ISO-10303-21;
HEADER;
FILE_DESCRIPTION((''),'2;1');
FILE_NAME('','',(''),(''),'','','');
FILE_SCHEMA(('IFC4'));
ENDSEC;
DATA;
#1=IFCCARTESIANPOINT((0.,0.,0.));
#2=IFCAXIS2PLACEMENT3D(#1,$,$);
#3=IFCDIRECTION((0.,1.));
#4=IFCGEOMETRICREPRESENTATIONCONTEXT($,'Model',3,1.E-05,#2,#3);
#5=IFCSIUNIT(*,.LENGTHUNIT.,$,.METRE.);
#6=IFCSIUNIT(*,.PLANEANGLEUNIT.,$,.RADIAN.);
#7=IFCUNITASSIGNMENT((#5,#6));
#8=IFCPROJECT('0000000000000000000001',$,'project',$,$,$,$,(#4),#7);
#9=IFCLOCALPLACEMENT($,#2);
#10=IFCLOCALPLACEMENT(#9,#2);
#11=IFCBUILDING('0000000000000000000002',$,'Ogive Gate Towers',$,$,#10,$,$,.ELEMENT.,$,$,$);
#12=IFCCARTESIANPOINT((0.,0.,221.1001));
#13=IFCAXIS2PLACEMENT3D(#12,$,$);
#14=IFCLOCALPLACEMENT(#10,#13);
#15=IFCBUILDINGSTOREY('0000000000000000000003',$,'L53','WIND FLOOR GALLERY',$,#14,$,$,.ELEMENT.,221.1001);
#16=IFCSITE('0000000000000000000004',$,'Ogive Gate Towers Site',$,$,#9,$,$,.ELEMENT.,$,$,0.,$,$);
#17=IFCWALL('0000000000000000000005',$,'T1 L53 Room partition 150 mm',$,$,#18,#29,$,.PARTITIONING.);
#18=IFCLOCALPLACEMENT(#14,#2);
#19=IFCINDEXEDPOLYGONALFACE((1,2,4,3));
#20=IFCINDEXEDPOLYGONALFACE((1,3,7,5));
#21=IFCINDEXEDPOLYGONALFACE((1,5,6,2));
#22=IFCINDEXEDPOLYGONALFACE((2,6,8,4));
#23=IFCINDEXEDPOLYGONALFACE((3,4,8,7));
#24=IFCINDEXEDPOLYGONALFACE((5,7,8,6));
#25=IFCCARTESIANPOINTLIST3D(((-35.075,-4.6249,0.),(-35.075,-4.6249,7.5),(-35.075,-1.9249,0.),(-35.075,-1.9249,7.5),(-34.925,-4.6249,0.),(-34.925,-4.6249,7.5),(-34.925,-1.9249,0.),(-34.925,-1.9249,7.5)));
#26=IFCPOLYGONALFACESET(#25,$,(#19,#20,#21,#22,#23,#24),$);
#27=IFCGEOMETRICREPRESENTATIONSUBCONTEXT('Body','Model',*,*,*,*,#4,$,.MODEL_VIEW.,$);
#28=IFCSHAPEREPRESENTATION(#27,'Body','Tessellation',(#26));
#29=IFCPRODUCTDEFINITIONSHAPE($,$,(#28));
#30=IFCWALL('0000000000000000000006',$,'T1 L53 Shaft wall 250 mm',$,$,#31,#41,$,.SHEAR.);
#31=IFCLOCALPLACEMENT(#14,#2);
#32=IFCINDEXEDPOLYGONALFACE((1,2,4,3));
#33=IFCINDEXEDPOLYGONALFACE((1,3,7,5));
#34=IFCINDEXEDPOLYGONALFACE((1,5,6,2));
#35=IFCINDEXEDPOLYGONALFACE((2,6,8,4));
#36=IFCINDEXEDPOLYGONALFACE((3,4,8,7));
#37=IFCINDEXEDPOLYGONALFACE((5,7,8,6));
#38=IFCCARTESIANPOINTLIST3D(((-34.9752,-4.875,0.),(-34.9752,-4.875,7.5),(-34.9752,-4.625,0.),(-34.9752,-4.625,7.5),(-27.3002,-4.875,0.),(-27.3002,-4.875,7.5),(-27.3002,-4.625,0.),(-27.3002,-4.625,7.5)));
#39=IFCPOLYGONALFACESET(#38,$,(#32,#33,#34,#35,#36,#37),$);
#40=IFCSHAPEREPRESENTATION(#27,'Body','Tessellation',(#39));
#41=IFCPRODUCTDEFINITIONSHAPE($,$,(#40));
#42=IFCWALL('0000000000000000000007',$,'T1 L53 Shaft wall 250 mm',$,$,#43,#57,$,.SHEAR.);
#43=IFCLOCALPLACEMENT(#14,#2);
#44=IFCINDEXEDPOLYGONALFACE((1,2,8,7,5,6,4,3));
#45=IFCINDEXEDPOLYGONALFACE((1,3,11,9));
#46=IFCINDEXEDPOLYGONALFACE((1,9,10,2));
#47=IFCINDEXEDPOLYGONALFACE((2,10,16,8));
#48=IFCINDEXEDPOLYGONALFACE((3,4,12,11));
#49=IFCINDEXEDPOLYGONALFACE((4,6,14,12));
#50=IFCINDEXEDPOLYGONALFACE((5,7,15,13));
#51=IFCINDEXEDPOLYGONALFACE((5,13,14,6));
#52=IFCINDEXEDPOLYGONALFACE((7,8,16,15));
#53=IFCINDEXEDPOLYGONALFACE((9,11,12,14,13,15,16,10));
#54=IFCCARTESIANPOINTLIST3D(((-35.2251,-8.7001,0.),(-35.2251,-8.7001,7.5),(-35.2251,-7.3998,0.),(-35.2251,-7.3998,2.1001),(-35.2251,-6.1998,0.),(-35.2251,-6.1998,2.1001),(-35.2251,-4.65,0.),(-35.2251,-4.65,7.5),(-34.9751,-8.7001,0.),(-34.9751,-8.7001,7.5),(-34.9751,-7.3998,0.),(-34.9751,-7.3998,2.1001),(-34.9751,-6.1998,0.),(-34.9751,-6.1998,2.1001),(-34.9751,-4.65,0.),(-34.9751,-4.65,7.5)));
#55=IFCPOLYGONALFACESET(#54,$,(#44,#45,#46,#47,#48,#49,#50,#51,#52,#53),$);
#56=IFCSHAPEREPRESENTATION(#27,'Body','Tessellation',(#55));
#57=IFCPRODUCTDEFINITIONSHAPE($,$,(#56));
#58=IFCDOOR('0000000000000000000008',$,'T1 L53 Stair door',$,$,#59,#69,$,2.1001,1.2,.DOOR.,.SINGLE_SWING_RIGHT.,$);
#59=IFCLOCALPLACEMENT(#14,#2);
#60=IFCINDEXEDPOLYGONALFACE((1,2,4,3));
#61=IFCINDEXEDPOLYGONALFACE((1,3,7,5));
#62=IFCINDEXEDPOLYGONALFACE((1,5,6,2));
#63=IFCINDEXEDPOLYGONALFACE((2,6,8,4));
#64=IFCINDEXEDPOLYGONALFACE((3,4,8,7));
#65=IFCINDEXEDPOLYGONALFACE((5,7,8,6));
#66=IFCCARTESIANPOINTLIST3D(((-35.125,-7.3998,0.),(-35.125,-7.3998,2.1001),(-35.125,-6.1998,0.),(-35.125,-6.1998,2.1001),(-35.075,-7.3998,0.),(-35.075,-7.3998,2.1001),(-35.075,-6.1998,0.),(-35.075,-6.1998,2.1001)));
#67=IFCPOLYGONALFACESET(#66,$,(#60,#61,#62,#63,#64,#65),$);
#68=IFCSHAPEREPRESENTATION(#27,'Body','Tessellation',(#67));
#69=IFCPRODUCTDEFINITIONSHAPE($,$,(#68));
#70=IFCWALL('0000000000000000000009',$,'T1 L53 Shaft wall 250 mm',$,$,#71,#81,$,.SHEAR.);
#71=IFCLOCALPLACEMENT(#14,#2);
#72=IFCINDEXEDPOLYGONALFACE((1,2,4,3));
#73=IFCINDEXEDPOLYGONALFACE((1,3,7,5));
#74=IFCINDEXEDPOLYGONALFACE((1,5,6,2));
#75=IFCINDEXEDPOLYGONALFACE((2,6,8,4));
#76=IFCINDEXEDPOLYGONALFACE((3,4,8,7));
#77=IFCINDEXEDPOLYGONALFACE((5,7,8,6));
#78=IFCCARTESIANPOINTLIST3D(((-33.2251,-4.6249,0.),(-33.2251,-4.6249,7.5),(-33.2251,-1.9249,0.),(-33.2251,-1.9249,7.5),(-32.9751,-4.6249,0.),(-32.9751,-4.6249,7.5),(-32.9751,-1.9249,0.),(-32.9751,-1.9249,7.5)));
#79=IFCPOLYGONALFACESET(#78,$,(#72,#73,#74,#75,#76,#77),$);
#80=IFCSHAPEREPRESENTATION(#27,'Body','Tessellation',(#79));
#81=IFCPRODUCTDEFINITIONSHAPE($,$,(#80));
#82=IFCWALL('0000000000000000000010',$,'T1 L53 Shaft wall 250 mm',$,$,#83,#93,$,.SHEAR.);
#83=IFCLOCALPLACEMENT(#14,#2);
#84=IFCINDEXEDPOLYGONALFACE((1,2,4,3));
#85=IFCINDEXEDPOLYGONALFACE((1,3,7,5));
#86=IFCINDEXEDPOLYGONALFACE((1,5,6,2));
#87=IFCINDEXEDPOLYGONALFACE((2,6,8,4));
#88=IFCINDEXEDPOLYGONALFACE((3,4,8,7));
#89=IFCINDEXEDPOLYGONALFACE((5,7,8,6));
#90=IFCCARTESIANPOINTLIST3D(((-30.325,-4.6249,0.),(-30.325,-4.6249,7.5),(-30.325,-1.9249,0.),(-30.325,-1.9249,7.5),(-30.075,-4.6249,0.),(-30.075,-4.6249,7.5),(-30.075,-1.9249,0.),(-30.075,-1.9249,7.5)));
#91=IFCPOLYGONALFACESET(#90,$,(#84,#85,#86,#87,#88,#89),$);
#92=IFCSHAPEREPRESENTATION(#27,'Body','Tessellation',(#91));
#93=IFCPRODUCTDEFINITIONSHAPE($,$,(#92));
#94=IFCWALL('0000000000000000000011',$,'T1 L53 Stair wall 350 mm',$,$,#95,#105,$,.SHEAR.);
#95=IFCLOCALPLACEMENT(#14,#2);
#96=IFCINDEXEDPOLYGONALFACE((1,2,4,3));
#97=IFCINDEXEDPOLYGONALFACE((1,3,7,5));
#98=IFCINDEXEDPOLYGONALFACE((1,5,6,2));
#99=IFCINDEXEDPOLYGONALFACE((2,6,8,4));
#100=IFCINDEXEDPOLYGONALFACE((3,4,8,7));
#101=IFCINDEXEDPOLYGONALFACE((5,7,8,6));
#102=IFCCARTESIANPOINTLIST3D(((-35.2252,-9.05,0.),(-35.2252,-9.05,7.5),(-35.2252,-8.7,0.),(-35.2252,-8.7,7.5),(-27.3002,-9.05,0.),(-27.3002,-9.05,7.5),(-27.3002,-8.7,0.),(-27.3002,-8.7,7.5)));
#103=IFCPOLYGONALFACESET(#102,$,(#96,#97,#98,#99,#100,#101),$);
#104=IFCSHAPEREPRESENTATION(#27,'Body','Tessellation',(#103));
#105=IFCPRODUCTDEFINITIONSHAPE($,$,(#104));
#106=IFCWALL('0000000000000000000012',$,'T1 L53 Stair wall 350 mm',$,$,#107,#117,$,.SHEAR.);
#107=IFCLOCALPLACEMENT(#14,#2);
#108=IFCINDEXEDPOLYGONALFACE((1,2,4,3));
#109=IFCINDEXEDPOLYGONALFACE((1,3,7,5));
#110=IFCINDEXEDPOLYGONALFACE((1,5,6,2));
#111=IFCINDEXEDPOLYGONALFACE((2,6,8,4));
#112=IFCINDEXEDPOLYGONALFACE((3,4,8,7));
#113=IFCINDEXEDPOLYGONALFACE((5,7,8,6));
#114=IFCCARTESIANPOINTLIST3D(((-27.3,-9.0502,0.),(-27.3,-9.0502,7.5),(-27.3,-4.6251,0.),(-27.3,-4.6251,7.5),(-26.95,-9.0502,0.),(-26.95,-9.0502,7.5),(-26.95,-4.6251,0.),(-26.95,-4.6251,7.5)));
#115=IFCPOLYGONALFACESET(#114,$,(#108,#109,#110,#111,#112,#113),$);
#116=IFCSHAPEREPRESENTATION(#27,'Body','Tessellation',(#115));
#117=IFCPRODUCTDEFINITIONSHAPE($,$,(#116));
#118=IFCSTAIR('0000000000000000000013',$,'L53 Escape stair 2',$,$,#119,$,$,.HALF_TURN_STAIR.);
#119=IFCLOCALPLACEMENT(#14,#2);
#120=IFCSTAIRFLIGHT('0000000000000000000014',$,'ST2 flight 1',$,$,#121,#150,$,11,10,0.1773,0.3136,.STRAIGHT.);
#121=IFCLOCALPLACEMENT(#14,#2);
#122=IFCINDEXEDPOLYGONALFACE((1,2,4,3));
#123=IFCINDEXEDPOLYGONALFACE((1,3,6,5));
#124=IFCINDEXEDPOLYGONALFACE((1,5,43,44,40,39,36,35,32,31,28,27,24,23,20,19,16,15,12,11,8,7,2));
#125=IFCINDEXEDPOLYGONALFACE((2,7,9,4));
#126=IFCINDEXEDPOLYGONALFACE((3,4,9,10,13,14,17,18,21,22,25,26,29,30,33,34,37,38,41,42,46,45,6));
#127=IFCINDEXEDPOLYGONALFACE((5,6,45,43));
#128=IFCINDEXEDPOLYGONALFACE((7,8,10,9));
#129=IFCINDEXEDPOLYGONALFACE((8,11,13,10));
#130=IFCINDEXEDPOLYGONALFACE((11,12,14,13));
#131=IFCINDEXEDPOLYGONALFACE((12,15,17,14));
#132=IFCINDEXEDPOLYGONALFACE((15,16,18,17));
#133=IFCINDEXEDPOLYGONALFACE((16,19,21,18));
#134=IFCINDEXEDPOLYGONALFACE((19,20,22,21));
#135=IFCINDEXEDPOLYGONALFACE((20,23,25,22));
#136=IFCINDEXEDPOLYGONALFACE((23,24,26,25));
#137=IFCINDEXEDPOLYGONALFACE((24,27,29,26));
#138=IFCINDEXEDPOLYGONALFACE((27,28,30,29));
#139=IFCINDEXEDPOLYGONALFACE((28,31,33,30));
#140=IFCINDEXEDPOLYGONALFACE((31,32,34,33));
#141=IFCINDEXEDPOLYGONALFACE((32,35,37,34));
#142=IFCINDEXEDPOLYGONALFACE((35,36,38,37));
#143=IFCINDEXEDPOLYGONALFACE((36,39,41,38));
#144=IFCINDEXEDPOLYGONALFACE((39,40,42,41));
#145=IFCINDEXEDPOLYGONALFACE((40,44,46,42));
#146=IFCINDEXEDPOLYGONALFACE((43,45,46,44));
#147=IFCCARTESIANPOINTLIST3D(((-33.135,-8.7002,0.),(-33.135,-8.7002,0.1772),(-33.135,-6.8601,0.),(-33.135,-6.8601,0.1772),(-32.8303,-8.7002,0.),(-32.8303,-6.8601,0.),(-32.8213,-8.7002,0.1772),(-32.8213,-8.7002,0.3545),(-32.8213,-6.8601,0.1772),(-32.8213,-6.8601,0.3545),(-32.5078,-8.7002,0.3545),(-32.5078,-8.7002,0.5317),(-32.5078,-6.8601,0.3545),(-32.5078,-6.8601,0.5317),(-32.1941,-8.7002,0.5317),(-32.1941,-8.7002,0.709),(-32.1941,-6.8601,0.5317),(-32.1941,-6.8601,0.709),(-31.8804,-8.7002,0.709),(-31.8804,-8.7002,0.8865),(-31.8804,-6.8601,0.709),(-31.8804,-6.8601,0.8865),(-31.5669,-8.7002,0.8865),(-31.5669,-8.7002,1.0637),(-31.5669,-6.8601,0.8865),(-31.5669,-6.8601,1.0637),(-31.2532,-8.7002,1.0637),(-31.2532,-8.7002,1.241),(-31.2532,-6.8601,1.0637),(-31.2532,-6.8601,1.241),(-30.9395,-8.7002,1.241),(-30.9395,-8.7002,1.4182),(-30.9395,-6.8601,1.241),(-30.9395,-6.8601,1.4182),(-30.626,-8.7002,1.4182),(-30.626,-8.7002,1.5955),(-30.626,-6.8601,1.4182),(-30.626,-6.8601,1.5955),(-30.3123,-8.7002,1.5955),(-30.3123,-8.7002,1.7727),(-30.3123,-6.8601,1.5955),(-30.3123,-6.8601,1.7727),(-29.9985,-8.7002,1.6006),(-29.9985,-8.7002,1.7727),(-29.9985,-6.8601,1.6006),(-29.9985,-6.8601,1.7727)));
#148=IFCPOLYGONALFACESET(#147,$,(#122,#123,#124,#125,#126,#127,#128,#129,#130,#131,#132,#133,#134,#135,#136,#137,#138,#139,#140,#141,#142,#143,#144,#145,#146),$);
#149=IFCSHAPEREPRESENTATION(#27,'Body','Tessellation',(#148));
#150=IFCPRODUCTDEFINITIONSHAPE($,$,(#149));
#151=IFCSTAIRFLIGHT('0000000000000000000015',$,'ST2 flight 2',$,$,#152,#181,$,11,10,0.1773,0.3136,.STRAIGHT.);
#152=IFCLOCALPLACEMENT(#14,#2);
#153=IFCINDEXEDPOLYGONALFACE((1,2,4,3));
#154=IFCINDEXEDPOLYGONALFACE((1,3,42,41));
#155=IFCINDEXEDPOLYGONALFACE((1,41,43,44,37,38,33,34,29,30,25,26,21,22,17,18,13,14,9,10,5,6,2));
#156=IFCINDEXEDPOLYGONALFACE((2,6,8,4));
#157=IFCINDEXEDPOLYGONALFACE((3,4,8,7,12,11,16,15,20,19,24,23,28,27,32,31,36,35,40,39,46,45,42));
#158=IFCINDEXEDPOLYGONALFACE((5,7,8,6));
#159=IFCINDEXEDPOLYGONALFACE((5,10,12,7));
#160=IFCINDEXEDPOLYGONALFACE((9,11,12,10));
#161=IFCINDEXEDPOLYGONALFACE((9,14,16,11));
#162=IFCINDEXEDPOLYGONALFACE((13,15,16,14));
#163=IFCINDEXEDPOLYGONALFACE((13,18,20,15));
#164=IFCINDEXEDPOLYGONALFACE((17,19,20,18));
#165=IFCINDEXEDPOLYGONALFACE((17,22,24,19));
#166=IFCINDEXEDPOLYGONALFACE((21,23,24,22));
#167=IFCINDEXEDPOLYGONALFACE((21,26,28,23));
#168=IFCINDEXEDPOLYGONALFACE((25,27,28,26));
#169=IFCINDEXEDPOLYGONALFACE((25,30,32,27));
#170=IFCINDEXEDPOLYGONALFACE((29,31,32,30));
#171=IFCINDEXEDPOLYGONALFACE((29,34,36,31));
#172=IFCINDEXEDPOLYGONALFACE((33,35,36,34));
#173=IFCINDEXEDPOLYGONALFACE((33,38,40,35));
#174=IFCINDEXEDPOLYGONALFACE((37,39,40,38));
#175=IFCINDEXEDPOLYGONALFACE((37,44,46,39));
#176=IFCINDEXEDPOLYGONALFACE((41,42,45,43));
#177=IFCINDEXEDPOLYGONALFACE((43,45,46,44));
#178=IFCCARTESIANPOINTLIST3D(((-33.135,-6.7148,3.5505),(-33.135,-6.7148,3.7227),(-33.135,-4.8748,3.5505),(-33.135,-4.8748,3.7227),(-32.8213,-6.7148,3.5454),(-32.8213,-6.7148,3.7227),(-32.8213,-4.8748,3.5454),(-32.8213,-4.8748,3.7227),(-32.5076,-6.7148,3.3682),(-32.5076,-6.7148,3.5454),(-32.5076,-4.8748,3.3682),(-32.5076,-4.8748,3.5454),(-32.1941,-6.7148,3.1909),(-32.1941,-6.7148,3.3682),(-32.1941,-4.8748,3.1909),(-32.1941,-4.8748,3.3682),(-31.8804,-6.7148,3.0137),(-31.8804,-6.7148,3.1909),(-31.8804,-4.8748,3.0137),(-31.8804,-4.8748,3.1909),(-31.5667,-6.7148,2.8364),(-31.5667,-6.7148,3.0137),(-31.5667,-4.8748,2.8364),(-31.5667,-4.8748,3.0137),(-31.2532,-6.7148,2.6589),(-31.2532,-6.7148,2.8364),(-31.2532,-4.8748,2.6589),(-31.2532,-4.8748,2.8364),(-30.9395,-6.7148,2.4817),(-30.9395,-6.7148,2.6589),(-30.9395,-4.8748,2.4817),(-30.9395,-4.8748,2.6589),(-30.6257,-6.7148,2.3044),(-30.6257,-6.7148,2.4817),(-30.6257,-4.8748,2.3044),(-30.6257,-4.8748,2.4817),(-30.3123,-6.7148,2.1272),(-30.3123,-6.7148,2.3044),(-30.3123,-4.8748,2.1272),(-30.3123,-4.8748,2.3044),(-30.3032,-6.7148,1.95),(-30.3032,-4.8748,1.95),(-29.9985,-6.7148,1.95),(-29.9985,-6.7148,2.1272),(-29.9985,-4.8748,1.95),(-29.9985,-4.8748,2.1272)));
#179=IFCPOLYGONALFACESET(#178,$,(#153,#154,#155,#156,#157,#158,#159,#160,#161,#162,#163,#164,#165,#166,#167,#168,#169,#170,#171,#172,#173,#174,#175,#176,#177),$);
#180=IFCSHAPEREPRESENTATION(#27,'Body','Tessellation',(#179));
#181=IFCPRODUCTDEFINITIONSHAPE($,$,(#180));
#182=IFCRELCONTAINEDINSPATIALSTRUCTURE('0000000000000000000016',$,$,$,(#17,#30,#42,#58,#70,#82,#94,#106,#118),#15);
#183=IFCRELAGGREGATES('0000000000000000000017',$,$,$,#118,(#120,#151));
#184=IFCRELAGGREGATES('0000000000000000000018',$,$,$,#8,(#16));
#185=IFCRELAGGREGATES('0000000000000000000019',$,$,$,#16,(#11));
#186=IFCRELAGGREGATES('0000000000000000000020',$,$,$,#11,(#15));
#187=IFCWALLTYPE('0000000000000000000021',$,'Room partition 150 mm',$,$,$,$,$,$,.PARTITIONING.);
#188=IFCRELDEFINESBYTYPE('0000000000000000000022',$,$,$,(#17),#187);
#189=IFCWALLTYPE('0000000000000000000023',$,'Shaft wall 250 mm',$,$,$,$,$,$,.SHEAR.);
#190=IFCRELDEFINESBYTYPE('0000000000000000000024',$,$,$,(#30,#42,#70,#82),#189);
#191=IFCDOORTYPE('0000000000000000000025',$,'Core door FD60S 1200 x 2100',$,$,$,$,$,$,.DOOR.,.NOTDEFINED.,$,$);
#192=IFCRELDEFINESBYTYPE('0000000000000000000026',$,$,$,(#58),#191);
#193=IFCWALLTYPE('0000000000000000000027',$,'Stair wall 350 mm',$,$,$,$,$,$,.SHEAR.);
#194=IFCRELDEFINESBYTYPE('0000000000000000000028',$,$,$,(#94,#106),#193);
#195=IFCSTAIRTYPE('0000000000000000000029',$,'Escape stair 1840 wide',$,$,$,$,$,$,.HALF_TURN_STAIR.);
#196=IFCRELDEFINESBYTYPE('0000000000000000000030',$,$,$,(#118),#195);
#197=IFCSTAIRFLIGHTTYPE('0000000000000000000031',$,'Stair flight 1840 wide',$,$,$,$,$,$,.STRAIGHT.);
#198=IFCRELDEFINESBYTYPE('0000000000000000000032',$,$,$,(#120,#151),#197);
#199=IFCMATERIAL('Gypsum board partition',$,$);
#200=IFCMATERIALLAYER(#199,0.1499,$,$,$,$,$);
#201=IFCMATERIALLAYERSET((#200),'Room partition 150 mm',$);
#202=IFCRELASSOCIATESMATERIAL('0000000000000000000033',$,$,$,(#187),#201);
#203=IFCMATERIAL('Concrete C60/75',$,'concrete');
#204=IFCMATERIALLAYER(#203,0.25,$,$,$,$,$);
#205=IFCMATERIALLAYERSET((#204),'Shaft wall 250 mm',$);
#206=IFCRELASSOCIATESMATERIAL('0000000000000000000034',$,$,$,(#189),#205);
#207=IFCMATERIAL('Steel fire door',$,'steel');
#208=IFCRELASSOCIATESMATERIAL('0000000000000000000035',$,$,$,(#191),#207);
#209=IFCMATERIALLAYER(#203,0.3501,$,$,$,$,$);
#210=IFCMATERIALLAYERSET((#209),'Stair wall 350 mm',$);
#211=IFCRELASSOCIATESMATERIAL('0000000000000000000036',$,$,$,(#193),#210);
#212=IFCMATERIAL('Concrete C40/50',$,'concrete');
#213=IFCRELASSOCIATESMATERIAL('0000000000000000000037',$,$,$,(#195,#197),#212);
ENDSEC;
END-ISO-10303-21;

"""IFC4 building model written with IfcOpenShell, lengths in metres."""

from ifc_helpers import new_model, si_unit, direction, frame, frame_2d, origin, place, context, subcontext, project, spatial, polyline, rectangle, outline, extrude, material, layer, layer_set, type_object, element, fill, aggregate, save


model = new_model("IFC4")

# Units and contexts
model_context = context("Model", 3, precision=1e-05, world=origin(), true_north=direction((0.0, 1.0)))
body_context = subcontext(model_context, "Body", "Model", "MODEL_VIEW")
ifc_project = project(units=[si_unit("LENGTHUNIT", "METRE"), si_unit("PLANEANGLEUNIT", "RADIAN")], contexts=[model_context])

# Site, building, storey
site_placement = place(None, origin())
site = spatial("IfcSite", under=ifc_project, at=site_placement, Name="Ogive Gate Towers Site", CompositionType="ELEMENT", RefElevation=0.0)
building_placement = place(site_placement, origin())
building = spatial("IfcBuilding", under=site, at=building_placement, Name="Ogive Gate Towers", CompositionType="ELEMENT")
storey_placement = place(building_placement, frame((0.0, 0.0, 221.1001)))
storey = spatial("IfcBuildingStorey", under=building, at=storey_placement, Name="L53", Description="WIND FLOOR GALLERY", CompositionType="ELEMENT", Elevation=221.1001)

# Shared definitions
ifc_material_1 = material(Name="Concrete C40/50", Category="concrete")

# Shared definitions
ifc_material_2 = material(Name="Concrete C60/75", Category="concrete")
ifc_material_3 = material(Name="Steel fire door", Category="steel")

# Walls
ifc_material_4 = material(Name="Gypsum board partition")
ifc_layer_1 = layer(ifc_material_4, 0.1499)
ifc_layer_set_1 = layer_set([ifc_layer_1], Name="Room partition 150 mm")
wall_type_1 = type_object("IfcWallType", Name="Room partition 150 mm", PredefinedType="PARTITIONING", material=ifc_layer_set_1)
wall_1_placement = place(storey_placement, frame((-35.0, -4.625, 0.0), z_axis=(0.0, 0.0, 1.0), x_axis=(0.0, 1.0, 0.0)))
element("IfcWall", 1, at=wall_1_placement, inside=storey, type_object=wall_type_1, Name="T1 L53 Room partition 150 mm", PredefinedType="PARTITIONING", context=body_context, shape_type="SweptSolid", body=[
    extrude(rectangle(XDim=2.7, YDim=0.1499, at=frame_2d((1.3501, 0.0))), origin(), (0.0, 0.0, 1.0), 7.5),
])
ifc_layer_2 = layer(ifc_material_2, 0.25)
ifc_layer_set_2 = layer_set([ifc_layer_2], Name="Shaft wall 250 mm")
wall_type_2 = type_object("IfcWallType", Name="Shaft wall 250 mm", PredefinedType="SHEAR", material=ifc_layer_set_2)
wall_2_placement = place(storey_placement, frame((-34.9751, -4.75, 0.0), z_axis=(0.0, 0.0, 1.0), x_axis=(1.0, 0.0, 0.0)))
element("IfcWall", 2, at=wall_2_placement, inside=storey, type_object=wall_type_2, Name="T1 L53 Shaft wall 250 mm", PredefinedType="SHEAR", context=body_context, shape_type="SweptSolid", body=[
    extrude(rectangle(XDim=7.675, YDim=0.25, at=frame_2d((3.8374, 0.0))), origin(), (0.0, 0.0, 1.0), 7.5),
])

# Wall, opening, door
wall_3_placement = place(storey_placement, frame((-35.1001, -8.7, 0.0), z_axis=(0.0, 0.0, 1.0), x_axis=(0.0, 1.0, 0.0)))
wall_3 = element("IfcWall", 3, at=wall_3_placement, inside=storey, type_object=wall_type_2, Name="T1 L53 Shaft wall 250 mm", PredefinedType="SHEAR", context=body_context, shape_type="SweptSolid", body=[
    extrude(rectangle(XDim=4.05, YDim=0.25, at=frame_2d((2.0249, 0.0))), origin(), (0.0, 0.0, 1.0), 7.5),
])
opening_1_placement = place(wall_3_placement, frame((1.3, 0.0, 0.0)))
opening_1 = element("IfcOpeningElement", 4, at=opening_1_placement, cuts=wall_3, PredefinedType="OPENING", context=body_context, shape_type="SweptSolid", body=[
    extrude(rectangle(XDim=1.2, YDim=2.1001, at=frame_2d((0.6001, 1.05))), frame((0.0, 0.135, 0.0), z_axis=(0.0, -1.0, 0.0), x_axis=(1.0, 0.0, 0.0)), (0.0, 0.0, 1.0), 0.27),
])
door_type_1 = type_object("IfcDoorType", Name="Core door FD60S 1200 x 2100", OperationType="NOTDEFINED", PredefinedType="DOOR", material=ifc_material_3)
door_1_placement = place(opening_1_placement, origin())
door_1 = element("IfcDoor", 5, at=door_1_placement, inside=storey, type_object=door_type_1, Name="T1 L53 Stair door", OperationType="SINGLE_SWING_RIGHT", OverallHeight=2.1001, OverallWidth=1.2, PredefinedType="DOOR", context=body_context, shape_type="SweptSolid", body=[
    extrude(rectangle(XDim=1.2, YDim=2.1001, at=frame_2d((0.6001, 1.05))), frame((0.0, 0.0249, 0.0), z_axis=(0.0, -1.0, 0.0), x_axis=(1.0, 0.0, 0.0)), (0.0, 0.0, 1.0), 0.05),
])
fill(opening_1, door_1)

# Walls
for number, where, z_axis, x_axis, name in (
    (6, (-33.1001, -4.625, 0.0), (0.0, 0.0, 1.0), (0.0, 1.0, 0.0), "T1 L53 Shaft wall 250 mm"),
    (7, (-30.2, -4.625, 0.0), (0.0, 0.0, 1.0), (0.0, 1.0, 0.0), "T1 L53 Shaft wall 250 mm"),
):
    element("IfcWall", number, at=place(storey_placement, frame(where, z_axis=z_axis, x_axis=x_axis)), inside=storey, type_object=wall_type_2, Name=name, PredefinedType="SHEAR", context=body_context, shape_type="SweptSolid", body=[
        extrude(rectangle(XDim=2.7, YDim=0.25, at=frame_2d((1.3501, 0.0))), origin(), (0.0, 0.0, 1.0), 7.5),
    ])
ifc_layer_3 = layer(ifc_material_2, 0.3501)
ifc_layer_set_3 = layer_set([ifc_layer_3], Name="Stair wall 350 mm")
wall_type_3 = type_object("IfcWallType", Name="Stair wall 350 mm", PredefinedType="SHEAR", material=ifc_layer_set_3)
wall_4_placement = place(storey_placement, frame((-35.2251, -8.875, 0.0), z_axis=(0.0, 0.0, 1.0), x_axis=(1.0, 0.0, 0.0)))
element("IfcWall", 8, at=wall_4_placement, inside=storey, type_object=wall_type_3, Name="T1 L53 Stair wall 350 mm", PredefinedType="SHEAR", context=body_context, shape_type="SweptSolid", body=[
    extrude(rectangle(XDim=7.925, YDim=0.3501, at=frame_2d((3.9624, 0.0))), origin(), (0.0, 0.0, 1.0), 7.5),
])
wall_5_placement = place(storey_placement, frame((-27.125, -9.05, 0.0), z_axis=(0.0, 0.0, 1.0), x_axis=(0.0, 1.0, 0.0)))
element("IfcWall", 9, at=wall_5_placement, inside=storey, type_object=wall_type_3, Name="T1 L53 Stair wall 350 mm", PredefinedType="SHEAR", context=body_context, shape_type="SweptSolid", body=[
    extrude(rectangle(XDim=4.425, YDim=0.3501, at=frame_2d((2.2124, 0.0))), origin(), (0.0, 0.0, 1.0), 7.5),
])

# Stair, stair flights
stair_type = type_object("IfcStairType", Name="Escape stair 1840 wide", PredefinedType="HALF_TURN_STAIR", material=ifc_material_1)
stair_placement = place(storey_placement, origin())
stair = element("IfcStair", 10, at=stair_placement, inside=storey, type_object=stair_type, Name="L53 Escape stair 2", PredefinedType="HALF_TURN_STAIR")
stair_flight_type = type_object("IfcStairFlightType", Name="Stair flight 1840 wide", PredefinedType="STRAIGHT", material=ifc_material_1)
stair_flight_1_placement = place(storey_placement, frame((-33.135, -7.78, 0.0), z_axis=(0.0, 0.0, 1.0), x_axis=(1.0, 0.0, 0.0)))
stair_flight_1 = element("IfcStairFlight", 11, at=stair_flight_1_placement, type_object=stair_flight_type, Name="ST2 flight 1", NumberOfRisers=11, NumberOfTreads=10, PredefinedType="STRAIGHT", RiserHeight=0.1773, TreadLength=0.3136, context=body_context, shape_type="SweptSolid", body=[
    extrude(outline(polyline([(0.0, 0.0), (0.0, 0.1772), (0.3137, 0.1772), (0.3137, 0.3545), (0.6272, 0.3545), (0.6272, 0.5317), (0.9409, 0.5317), (0.9409, 0.709), (1.2546, 0.709), (1.2546, 0.8865), (1.5681, 0.8865), (1.5681, 1.0637), (1.8818, 1.0637), (1.8818, 1.241), (2.1956, 1.241), (2.1956, 1.4182), (2.509, 1.4182), (2.509, 1.5955), (2.8228, 1.5955), (2.8228, 1.7727), (3.1365, 1.7727), (3.1365, 1.95), (3.1365, 1.6006), (0.3047, 0.0), (0.0, 0.0)])), frame((0.0, 0.9199, 0.0), z_axis=(0.0, -1.0, 0.0), x_axis=(1.0, 0.0, 0.0)), (0.0, 0.0, 1.0), 1.8401),
])
stair_flight_2_placement = place(storey_placement, frame((-29.9985, -5.7949, 1.95), z_axis=(0.0, 0.0, 1.0), x_axis=(-1.0, 0.0, 0.0)))
stair_flight_2 = element("IfcStairFlight", 12, at=stair_flight_2_placement, type_object=stair_flight_type, Name="ST2 flight 2", NumberOfRisers=11, NumberOfTreads=10, PredefinedType="STRAIGHT", RiserHeight=0.1773, TreadLength=0.3136, context=body_context, shape_type="SweptSolid", body=[
    extrude(outline(polyline([(0.0, 0.0), (0.0, 0.1772), (0.3137, 0.1772), (0.3137, 0.3545), (0.6272, 0.3545), (0.6272, 0.5317), (0.9409, 0.5317), (0.9409, 0.709), (1.2546, 0.709), (1.2546, 0.8865), (1.5681, 0.8865), (1.5681, 1.0637), (1.8818, 1.0637), (1.8818, 1.241), (2.1956, 1.241), (2.1956, 1.4182), (2.509, 1.4182), (2.509, 1.5955), (2.8228, 1.5955), (2.8228, 1.7727), (3.1365, 1.7727), (3.1365, 1.95), (3.1365, 1.6006), (0.3047, 0.0), (0.0, 0.0)])), frame((0.0, 0.9199, 0.0), z_axis=(0.0, -1.0, 0.0), x_axis=(1.0, 0.0, 0.0)), (0.0, 0.0, 1.0), 1.8401),
])
aggregate(stair, [stair_flight_1, stair_flight_2])

save(model, "model.ifc")
